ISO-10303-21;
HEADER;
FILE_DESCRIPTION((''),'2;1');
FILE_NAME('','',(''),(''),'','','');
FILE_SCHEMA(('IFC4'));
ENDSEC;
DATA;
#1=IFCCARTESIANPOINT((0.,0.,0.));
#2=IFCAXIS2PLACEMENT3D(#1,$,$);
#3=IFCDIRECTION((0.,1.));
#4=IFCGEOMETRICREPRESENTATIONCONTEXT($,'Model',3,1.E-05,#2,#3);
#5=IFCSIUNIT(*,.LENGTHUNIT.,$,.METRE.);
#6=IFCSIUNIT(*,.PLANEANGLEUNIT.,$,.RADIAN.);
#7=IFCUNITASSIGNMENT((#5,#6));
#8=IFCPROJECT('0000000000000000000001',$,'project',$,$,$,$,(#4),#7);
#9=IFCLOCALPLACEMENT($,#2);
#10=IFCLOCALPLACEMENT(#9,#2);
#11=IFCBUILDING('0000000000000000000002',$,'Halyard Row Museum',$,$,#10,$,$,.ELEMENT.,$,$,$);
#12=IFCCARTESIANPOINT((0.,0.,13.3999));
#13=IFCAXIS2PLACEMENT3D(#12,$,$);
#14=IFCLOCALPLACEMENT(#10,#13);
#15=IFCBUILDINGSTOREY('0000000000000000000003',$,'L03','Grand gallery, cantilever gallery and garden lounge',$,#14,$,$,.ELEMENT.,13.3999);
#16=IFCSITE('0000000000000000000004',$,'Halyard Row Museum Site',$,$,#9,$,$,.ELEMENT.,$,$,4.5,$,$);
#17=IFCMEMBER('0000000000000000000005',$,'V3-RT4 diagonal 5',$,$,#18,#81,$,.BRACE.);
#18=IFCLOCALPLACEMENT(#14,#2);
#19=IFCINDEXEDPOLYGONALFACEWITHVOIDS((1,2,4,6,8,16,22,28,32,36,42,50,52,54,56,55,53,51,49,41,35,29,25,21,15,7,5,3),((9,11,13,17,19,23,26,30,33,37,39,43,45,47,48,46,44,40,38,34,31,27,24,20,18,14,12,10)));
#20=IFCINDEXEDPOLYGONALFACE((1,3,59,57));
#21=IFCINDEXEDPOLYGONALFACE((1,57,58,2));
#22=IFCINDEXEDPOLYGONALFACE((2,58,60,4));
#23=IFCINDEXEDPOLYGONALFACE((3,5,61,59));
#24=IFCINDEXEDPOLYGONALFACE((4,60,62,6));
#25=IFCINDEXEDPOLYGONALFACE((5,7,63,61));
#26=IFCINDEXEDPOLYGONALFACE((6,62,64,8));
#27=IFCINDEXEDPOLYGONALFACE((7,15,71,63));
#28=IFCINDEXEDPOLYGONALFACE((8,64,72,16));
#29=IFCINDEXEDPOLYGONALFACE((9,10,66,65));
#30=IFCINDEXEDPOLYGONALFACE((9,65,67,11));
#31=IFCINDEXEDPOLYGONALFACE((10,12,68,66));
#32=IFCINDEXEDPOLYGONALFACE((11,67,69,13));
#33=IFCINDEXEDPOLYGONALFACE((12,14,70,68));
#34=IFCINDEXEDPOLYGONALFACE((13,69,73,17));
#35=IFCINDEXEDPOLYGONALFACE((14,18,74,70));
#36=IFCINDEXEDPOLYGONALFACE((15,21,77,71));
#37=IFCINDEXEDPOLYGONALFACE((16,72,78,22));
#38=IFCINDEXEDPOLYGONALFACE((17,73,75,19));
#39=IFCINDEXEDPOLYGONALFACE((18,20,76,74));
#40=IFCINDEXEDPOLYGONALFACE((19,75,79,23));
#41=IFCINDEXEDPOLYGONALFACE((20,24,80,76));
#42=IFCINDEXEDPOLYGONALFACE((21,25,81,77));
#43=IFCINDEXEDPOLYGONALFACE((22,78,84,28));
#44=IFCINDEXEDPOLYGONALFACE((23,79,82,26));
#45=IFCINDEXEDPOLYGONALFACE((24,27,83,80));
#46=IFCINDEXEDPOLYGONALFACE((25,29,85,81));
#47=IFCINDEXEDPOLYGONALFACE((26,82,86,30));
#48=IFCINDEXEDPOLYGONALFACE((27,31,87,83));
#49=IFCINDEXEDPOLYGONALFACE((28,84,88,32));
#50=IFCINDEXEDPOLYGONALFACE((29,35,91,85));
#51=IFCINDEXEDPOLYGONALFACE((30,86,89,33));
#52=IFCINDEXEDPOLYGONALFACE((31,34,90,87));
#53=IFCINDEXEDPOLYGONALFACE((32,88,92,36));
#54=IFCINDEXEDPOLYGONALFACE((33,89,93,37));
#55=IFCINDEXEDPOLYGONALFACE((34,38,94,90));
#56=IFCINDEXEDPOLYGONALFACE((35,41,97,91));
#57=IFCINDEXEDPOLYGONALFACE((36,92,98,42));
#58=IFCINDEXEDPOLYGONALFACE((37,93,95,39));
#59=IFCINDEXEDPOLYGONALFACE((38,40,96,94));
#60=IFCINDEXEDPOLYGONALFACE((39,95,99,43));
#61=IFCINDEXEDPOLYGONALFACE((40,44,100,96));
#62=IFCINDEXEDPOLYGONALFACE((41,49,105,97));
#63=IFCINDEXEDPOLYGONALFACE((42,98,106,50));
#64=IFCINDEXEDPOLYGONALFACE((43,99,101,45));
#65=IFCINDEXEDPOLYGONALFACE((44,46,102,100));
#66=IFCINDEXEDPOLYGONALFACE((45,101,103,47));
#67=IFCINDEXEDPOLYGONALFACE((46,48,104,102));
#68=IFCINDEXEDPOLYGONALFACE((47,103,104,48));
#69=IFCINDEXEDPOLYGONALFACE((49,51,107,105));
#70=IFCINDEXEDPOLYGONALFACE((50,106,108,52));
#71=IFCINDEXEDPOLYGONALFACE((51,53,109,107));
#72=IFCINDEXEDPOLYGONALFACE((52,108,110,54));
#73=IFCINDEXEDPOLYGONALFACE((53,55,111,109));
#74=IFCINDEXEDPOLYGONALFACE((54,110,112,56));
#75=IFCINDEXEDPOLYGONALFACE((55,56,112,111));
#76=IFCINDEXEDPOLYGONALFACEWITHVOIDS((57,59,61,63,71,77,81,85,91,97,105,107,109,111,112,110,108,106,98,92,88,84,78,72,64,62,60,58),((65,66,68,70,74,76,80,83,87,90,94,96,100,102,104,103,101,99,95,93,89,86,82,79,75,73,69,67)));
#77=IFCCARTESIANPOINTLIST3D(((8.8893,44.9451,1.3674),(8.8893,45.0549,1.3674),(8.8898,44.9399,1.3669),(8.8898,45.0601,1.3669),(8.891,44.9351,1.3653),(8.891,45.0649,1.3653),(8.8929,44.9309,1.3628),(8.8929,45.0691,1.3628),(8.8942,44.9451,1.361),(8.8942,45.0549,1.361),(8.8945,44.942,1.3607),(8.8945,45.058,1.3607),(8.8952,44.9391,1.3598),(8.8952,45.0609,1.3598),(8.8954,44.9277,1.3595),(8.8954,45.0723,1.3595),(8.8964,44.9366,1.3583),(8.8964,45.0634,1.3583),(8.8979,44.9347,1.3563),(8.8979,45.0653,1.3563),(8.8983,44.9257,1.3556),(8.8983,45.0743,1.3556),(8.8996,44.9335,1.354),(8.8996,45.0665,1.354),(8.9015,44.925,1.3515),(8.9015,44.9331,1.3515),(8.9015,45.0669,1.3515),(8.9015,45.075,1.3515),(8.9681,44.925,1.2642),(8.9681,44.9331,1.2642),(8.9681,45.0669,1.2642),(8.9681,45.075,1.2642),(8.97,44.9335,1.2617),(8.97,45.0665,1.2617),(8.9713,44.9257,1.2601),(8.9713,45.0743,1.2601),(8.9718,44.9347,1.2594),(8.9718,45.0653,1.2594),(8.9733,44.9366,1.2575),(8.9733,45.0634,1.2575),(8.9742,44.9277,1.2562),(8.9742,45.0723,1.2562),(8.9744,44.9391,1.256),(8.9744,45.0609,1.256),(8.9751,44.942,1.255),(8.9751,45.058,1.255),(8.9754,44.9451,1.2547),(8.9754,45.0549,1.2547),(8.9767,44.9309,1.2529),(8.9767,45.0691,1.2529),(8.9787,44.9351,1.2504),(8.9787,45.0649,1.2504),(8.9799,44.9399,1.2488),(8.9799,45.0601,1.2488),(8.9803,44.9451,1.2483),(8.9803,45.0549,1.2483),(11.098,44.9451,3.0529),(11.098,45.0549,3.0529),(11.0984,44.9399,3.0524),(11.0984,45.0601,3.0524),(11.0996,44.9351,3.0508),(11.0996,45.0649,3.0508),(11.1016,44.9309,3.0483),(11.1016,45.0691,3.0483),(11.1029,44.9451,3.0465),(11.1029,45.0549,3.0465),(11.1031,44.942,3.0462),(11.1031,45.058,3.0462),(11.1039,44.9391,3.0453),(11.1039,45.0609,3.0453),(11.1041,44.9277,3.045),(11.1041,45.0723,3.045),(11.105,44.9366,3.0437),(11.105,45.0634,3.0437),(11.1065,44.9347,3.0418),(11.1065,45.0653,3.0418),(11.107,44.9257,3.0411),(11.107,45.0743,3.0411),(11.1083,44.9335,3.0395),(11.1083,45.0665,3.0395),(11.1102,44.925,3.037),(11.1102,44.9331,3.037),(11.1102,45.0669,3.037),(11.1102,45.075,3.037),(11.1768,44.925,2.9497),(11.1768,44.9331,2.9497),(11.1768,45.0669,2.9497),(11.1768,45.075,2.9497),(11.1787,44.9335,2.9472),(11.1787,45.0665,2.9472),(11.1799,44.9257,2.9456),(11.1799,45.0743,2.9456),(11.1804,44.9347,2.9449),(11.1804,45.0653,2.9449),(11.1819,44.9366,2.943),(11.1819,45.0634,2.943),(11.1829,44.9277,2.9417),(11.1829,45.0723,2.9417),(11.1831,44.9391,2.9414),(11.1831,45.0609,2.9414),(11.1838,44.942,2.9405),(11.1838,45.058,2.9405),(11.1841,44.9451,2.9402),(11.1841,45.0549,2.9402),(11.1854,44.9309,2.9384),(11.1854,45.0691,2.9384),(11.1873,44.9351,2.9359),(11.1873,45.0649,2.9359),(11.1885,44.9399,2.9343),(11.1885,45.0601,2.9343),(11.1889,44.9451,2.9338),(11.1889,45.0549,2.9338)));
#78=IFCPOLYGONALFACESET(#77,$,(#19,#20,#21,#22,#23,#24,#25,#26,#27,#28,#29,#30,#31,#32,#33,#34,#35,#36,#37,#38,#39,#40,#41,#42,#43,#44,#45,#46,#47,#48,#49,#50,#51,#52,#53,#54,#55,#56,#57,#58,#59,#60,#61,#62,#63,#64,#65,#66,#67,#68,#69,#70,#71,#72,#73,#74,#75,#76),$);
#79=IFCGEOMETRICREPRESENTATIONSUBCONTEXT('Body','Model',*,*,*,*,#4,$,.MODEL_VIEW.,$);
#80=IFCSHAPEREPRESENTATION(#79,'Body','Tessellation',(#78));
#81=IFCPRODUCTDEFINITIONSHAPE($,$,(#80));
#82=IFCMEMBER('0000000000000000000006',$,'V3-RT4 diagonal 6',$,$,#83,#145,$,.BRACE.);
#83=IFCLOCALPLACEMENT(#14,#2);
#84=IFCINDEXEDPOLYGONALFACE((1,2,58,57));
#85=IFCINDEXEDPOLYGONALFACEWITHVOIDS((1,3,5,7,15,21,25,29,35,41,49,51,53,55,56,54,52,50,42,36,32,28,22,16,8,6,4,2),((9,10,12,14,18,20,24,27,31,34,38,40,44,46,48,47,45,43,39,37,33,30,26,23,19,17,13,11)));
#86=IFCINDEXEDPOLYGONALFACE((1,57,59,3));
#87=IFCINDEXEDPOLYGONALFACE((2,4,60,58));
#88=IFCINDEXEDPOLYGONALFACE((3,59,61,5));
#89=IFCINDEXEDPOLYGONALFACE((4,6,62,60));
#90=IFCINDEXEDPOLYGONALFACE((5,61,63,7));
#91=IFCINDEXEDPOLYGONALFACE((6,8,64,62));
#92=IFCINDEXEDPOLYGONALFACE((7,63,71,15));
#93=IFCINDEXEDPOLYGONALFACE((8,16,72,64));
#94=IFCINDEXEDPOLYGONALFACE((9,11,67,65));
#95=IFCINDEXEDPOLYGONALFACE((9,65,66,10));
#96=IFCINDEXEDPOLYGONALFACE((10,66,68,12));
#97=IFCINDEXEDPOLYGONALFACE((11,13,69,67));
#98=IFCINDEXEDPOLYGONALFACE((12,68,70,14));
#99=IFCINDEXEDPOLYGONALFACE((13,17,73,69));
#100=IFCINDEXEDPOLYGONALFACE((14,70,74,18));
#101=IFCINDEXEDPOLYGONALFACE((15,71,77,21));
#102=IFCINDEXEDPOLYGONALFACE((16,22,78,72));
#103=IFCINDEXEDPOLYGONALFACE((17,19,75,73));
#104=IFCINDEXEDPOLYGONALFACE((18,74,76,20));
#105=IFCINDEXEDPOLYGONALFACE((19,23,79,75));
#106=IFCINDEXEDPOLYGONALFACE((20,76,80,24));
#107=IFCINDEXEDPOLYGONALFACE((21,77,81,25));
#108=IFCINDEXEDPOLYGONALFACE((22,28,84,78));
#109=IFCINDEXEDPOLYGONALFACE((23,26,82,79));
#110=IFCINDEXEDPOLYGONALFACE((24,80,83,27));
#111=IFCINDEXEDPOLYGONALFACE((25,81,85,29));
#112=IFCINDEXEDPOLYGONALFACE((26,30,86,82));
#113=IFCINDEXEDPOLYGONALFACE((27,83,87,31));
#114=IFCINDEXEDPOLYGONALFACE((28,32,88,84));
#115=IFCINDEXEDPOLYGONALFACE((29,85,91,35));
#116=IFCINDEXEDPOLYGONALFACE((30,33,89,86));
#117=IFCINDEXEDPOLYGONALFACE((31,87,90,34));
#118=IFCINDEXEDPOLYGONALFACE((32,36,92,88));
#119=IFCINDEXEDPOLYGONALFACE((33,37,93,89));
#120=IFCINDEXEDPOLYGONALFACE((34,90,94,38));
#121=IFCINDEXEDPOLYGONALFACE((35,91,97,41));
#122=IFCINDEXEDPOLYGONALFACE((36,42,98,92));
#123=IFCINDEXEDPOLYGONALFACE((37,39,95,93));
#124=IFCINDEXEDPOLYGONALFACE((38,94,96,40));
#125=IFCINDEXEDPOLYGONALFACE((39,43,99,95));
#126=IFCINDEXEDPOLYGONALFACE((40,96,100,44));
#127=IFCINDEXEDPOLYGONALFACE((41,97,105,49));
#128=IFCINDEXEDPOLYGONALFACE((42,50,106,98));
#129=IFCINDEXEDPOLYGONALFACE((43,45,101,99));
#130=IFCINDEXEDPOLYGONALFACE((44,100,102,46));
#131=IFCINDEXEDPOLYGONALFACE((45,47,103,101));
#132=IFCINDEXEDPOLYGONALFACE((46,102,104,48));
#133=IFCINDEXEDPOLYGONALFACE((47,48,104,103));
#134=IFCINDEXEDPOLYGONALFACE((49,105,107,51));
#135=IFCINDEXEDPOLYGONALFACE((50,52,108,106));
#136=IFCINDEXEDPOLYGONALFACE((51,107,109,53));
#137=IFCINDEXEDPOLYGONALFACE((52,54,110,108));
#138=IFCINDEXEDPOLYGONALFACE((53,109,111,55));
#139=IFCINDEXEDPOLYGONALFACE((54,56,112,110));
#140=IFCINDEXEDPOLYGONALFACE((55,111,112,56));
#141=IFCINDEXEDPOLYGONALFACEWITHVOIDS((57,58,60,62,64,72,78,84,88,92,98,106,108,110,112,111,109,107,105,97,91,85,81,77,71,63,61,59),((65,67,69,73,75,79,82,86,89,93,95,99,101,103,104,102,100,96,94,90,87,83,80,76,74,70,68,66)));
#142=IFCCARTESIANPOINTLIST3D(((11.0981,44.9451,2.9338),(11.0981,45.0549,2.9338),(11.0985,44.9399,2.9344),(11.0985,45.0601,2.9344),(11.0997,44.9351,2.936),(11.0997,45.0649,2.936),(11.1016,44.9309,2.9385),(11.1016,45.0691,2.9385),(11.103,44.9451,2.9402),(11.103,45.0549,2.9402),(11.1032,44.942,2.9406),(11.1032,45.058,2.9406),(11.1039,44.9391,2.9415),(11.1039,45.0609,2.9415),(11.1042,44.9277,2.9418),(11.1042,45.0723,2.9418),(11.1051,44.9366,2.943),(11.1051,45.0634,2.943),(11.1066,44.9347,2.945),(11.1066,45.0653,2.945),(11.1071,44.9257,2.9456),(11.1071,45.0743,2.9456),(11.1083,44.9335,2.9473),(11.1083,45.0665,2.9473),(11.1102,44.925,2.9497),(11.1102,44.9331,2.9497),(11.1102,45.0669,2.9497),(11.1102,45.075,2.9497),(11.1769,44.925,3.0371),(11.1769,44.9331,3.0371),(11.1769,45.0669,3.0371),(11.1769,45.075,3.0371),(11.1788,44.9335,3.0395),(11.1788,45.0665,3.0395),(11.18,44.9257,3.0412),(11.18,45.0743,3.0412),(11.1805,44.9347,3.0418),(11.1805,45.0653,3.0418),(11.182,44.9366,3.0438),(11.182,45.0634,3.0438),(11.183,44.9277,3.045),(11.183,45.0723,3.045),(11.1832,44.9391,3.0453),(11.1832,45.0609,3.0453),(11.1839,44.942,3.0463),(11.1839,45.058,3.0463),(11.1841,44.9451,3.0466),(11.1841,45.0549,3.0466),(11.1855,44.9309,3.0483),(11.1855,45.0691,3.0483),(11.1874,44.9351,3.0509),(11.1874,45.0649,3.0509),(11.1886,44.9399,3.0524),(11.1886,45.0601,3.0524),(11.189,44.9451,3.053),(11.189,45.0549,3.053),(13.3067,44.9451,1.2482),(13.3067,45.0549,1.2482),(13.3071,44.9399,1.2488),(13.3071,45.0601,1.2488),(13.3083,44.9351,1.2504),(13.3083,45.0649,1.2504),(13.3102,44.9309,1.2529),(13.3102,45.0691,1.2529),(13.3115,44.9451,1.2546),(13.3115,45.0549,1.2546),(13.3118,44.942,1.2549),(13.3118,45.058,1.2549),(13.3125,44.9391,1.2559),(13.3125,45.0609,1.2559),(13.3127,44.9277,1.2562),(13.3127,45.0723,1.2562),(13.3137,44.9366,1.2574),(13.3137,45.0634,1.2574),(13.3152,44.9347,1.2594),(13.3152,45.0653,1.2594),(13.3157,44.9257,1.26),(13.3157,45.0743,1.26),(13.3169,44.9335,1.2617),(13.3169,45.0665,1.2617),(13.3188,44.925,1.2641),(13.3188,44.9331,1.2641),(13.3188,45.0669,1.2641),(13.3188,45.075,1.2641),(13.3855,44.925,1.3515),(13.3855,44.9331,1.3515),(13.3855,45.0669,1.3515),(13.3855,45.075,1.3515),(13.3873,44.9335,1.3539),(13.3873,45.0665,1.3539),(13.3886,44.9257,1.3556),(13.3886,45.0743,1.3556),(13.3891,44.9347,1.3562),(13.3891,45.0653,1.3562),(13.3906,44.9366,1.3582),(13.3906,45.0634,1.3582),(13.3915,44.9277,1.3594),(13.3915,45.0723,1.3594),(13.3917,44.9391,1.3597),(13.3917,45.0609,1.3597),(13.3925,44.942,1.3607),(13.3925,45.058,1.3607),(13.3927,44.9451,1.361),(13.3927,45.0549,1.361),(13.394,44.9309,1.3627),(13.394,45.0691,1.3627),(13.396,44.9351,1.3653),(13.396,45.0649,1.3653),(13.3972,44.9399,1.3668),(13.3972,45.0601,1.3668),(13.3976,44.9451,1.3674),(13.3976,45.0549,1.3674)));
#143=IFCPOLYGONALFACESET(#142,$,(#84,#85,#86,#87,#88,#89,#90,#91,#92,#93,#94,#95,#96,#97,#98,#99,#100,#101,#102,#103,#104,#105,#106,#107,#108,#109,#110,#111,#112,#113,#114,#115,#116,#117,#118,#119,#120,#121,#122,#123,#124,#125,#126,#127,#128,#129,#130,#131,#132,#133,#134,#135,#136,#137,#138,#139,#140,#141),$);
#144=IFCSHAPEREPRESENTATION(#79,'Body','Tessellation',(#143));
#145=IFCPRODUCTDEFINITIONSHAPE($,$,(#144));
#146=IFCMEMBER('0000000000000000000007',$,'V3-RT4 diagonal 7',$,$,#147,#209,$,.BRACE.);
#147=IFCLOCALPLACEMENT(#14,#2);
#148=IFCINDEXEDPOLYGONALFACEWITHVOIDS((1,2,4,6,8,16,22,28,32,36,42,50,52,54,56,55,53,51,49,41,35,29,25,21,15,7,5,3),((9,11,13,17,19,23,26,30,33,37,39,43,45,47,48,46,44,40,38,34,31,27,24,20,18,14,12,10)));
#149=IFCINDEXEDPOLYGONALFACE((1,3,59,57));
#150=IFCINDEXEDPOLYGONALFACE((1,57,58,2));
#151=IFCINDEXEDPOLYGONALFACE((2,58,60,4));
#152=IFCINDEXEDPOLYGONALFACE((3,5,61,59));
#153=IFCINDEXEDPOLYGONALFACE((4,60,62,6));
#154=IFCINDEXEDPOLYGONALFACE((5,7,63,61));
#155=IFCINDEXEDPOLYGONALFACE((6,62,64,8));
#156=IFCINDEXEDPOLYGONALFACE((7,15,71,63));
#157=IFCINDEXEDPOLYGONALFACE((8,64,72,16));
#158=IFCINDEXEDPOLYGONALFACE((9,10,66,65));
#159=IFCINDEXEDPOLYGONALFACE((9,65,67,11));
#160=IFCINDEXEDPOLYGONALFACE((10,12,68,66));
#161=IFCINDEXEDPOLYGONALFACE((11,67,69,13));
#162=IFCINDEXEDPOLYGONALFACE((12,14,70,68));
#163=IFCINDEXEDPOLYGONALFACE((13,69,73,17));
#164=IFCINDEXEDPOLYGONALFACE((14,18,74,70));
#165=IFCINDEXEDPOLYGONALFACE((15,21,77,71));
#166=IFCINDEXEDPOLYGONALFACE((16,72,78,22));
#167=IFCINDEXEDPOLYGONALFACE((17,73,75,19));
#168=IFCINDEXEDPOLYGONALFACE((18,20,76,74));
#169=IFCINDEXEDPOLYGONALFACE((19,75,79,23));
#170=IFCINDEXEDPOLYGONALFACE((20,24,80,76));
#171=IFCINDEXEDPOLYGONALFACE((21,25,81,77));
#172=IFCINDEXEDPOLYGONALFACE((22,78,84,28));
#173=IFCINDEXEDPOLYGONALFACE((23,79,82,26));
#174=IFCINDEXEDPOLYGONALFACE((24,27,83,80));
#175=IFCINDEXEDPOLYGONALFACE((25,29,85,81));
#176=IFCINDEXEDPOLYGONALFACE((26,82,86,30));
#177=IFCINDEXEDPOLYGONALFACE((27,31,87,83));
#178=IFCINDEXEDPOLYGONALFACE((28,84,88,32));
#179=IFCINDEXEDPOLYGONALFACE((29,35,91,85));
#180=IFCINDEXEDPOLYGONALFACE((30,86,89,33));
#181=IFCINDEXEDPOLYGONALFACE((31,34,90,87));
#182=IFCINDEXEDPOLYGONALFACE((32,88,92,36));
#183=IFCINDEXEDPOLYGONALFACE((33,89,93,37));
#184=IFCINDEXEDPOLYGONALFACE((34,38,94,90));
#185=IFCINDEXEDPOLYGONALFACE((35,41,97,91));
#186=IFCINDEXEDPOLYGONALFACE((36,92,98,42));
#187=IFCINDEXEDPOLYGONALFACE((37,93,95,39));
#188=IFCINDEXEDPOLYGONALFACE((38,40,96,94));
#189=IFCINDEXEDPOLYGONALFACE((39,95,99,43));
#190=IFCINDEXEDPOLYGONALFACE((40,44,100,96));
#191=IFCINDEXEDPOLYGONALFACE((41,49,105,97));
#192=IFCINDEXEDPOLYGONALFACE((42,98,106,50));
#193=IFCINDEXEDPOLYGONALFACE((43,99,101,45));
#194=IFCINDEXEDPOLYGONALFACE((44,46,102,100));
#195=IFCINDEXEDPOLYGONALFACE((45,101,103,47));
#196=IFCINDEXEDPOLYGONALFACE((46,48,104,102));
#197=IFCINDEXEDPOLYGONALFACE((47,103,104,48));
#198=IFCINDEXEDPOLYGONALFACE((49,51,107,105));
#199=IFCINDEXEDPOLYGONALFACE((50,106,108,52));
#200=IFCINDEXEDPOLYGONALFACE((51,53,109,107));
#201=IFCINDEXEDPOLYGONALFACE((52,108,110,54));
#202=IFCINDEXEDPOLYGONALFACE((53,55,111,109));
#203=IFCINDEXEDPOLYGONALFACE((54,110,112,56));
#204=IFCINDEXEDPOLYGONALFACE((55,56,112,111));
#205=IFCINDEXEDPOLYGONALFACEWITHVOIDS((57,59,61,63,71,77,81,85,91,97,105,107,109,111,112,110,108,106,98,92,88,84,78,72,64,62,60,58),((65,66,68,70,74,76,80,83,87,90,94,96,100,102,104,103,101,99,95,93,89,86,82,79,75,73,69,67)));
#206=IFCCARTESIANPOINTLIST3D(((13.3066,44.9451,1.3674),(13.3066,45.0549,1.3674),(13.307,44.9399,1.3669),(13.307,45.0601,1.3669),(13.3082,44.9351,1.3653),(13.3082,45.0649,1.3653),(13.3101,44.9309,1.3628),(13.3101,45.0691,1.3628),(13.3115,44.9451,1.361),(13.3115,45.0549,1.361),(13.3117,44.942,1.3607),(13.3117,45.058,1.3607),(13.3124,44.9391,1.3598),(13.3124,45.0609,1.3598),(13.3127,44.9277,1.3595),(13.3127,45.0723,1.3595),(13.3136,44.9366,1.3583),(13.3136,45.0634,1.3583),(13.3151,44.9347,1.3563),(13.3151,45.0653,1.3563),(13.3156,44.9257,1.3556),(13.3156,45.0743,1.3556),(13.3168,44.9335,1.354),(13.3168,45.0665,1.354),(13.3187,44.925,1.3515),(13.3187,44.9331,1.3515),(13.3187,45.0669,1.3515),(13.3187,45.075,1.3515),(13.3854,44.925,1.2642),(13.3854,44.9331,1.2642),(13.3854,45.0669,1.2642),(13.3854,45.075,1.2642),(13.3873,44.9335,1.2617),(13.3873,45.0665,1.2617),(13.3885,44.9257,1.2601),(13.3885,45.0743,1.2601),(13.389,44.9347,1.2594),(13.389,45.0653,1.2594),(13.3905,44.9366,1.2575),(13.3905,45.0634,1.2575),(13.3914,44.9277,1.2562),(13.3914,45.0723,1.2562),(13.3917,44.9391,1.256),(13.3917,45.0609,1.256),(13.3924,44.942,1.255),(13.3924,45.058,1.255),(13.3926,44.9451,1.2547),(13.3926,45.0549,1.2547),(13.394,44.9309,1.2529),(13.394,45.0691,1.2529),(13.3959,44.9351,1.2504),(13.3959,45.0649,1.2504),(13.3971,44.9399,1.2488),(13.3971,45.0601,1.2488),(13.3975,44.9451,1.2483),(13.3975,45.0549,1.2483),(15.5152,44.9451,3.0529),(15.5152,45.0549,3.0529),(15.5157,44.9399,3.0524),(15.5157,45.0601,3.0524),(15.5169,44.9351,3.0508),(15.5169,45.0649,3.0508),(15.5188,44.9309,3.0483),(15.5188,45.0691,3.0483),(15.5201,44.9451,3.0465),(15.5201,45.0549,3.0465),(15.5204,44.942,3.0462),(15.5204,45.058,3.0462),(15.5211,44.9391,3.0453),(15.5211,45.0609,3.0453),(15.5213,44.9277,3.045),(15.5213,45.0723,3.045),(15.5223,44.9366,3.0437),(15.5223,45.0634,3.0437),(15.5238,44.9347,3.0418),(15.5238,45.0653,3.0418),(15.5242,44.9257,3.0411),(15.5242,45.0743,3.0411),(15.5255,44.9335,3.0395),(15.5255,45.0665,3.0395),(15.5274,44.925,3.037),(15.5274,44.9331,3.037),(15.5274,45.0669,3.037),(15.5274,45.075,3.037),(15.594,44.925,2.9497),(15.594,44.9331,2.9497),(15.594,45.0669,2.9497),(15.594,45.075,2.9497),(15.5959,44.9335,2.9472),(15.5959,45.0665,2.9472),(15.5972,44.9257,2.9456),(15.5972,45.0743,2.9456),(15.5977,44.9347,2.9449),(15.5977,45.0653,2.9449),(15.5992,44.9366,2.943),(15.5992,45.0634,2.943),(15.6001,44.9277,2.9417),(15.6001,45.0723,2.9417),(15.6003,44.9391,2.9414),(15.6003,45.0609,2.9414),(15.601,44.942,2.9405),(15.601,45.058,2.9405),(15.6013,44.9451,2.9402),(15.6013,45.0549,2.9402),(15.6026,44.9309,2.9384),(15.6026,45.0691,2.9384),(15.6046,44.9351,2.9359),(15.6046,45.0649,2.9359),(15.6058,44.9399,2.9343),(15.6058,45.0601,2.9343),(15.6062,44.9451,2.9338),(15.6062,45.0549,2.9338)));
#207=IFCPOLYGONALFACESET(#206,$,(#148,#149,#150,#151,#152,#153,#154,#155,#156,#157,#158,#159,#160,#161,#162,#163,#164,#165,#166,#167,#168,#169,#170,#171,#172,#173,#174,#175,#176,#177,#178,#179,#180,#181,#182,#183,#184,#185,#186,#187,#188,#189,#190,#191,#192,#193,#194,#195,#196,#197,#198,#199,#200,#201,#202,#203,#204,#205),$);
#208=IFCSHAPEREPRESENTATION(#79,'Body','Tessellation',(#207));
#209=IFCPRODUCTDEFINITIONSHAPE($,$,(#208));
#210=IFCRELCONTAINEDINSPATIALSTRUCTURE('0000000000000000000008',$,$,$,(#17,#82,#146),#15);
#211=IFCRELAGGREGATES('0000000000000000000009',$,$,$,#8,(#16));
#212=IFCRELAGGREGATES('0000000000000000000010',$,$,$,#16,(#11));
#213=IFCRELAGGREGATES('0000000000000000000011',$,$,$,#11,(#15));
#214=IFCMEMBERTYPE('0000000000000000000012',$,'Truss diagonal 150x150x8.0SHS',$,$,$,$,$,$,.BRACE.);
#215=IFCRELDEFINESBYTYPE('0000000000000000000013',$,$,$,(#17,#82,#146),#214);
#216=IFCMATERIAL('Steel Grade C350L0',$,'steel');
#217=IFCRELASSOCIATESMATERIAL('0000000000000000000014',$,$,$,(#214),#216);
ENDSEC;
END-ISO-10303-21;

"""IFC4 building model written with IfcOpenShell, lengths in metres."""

from ifc_helpers import new_model, si_unit, direction, frame, origin, origin_2d, place, context, subcontext, project, spatial, hollow_rectangle, extrude, material, material_profile, profile_set, type_object, element, save


model = new_model("IFC4")

# Units and contexts
model_context = context("Model", 3, precision=1e-05, world=origin(), true_north=direction((0.0, 1.0)))
body_context = subcontext(model_context, "Body", "Model", "MODEL_VIEW")
ifc_project = project(units=[si_unit("LENGTHUNIT", "METRE"), si_unit("PLANEANGLEUNIT", "RADIAN")], contexts=[model_context])

# Site, building, storey
site_placement = place(None, origin())
site = spatial("IfcSite", under=ifc_project, at=site_placement, Name="Halyard Row Museum Site", CompositionType="ELEMENT", RefElevation=4.5)
building_placement = place(site_placement, origin())
building = spatial("IfcBuilding", under=site, at=building_placement, Name="Halyard Row Museum", CompositionType="ELEMENT")
storey_placement = place(building_placement, frame((0.0, 0.0, 13.3999)))
storey = spatial("IfcBuildingStorey", under=building, at=storey_placement, Name="L03", Description="Grand gallery, cantilever gallery and garden lounge", CompositionType="ELEMENT", Elevation=13.3999)

# Members
ifc_material_1 = material(Name="Steel Grade C350L0", Category="steel")
ifc_material_profile_1 = material_profile(ifc_material_1, hollow_rectangle(XDim=0.1499, YDim=0.1499, WallThickness=0.0081, InnerFilletRadius=0.012, OuterFilletRadius=0.02, at=origin_2d()), Name="150x150x8.0SHS")
ifc_profile_set_1 = profile_set([ifc_material_profile_1], Name="Steel Grade C350L0")
member_type_1 = type_object("IfcMemberType", Name="Truss diagonal 150x150x8.0SHS", PredefinedType="BRACE", material=ifc_profile_set_1)
for number, where, z_axis, x_axis, name in (
    (1, (8.9348, 45.0, 1.3079), (0.794964, 0.0, 0.606657), (0.0, 1.0, 0.0), "V3-RT4 diagonal 5"),
    (2, (11.1436, 45.0, 2.9934), (0.794931, 0.0, -0.6067), (0.0, 1.0, 0.0), "V3-RT4 diagonal 6"),
    (3, (13.3521, 45.0, 1.3079), (0.794964, 0.0, 0.606657), (0.0, 1.0, 0.0), "V3-RT4 diagonal 7"),
):
    element("IfcMember", number, at=place(storey_placement, frame(where, z_axis=z_axis, x_axis=x_axis)), inside=storey, type_object=member_type_1, Name=name, PredefinedType="BRACE", context=body_context, shape_type="SweptSolid", body=[
        extrude(hollow_rectangle(XDim=0.1499, YDim=0.1499, WallThickness=0.0081, InnerFilletRadius=0.012, OuterFilletRadius=0.02, at=origin_2d()), origin(), (0.0, 0.0, 1.0), 2.7783),
    ])

save(model, "model.ifc")
